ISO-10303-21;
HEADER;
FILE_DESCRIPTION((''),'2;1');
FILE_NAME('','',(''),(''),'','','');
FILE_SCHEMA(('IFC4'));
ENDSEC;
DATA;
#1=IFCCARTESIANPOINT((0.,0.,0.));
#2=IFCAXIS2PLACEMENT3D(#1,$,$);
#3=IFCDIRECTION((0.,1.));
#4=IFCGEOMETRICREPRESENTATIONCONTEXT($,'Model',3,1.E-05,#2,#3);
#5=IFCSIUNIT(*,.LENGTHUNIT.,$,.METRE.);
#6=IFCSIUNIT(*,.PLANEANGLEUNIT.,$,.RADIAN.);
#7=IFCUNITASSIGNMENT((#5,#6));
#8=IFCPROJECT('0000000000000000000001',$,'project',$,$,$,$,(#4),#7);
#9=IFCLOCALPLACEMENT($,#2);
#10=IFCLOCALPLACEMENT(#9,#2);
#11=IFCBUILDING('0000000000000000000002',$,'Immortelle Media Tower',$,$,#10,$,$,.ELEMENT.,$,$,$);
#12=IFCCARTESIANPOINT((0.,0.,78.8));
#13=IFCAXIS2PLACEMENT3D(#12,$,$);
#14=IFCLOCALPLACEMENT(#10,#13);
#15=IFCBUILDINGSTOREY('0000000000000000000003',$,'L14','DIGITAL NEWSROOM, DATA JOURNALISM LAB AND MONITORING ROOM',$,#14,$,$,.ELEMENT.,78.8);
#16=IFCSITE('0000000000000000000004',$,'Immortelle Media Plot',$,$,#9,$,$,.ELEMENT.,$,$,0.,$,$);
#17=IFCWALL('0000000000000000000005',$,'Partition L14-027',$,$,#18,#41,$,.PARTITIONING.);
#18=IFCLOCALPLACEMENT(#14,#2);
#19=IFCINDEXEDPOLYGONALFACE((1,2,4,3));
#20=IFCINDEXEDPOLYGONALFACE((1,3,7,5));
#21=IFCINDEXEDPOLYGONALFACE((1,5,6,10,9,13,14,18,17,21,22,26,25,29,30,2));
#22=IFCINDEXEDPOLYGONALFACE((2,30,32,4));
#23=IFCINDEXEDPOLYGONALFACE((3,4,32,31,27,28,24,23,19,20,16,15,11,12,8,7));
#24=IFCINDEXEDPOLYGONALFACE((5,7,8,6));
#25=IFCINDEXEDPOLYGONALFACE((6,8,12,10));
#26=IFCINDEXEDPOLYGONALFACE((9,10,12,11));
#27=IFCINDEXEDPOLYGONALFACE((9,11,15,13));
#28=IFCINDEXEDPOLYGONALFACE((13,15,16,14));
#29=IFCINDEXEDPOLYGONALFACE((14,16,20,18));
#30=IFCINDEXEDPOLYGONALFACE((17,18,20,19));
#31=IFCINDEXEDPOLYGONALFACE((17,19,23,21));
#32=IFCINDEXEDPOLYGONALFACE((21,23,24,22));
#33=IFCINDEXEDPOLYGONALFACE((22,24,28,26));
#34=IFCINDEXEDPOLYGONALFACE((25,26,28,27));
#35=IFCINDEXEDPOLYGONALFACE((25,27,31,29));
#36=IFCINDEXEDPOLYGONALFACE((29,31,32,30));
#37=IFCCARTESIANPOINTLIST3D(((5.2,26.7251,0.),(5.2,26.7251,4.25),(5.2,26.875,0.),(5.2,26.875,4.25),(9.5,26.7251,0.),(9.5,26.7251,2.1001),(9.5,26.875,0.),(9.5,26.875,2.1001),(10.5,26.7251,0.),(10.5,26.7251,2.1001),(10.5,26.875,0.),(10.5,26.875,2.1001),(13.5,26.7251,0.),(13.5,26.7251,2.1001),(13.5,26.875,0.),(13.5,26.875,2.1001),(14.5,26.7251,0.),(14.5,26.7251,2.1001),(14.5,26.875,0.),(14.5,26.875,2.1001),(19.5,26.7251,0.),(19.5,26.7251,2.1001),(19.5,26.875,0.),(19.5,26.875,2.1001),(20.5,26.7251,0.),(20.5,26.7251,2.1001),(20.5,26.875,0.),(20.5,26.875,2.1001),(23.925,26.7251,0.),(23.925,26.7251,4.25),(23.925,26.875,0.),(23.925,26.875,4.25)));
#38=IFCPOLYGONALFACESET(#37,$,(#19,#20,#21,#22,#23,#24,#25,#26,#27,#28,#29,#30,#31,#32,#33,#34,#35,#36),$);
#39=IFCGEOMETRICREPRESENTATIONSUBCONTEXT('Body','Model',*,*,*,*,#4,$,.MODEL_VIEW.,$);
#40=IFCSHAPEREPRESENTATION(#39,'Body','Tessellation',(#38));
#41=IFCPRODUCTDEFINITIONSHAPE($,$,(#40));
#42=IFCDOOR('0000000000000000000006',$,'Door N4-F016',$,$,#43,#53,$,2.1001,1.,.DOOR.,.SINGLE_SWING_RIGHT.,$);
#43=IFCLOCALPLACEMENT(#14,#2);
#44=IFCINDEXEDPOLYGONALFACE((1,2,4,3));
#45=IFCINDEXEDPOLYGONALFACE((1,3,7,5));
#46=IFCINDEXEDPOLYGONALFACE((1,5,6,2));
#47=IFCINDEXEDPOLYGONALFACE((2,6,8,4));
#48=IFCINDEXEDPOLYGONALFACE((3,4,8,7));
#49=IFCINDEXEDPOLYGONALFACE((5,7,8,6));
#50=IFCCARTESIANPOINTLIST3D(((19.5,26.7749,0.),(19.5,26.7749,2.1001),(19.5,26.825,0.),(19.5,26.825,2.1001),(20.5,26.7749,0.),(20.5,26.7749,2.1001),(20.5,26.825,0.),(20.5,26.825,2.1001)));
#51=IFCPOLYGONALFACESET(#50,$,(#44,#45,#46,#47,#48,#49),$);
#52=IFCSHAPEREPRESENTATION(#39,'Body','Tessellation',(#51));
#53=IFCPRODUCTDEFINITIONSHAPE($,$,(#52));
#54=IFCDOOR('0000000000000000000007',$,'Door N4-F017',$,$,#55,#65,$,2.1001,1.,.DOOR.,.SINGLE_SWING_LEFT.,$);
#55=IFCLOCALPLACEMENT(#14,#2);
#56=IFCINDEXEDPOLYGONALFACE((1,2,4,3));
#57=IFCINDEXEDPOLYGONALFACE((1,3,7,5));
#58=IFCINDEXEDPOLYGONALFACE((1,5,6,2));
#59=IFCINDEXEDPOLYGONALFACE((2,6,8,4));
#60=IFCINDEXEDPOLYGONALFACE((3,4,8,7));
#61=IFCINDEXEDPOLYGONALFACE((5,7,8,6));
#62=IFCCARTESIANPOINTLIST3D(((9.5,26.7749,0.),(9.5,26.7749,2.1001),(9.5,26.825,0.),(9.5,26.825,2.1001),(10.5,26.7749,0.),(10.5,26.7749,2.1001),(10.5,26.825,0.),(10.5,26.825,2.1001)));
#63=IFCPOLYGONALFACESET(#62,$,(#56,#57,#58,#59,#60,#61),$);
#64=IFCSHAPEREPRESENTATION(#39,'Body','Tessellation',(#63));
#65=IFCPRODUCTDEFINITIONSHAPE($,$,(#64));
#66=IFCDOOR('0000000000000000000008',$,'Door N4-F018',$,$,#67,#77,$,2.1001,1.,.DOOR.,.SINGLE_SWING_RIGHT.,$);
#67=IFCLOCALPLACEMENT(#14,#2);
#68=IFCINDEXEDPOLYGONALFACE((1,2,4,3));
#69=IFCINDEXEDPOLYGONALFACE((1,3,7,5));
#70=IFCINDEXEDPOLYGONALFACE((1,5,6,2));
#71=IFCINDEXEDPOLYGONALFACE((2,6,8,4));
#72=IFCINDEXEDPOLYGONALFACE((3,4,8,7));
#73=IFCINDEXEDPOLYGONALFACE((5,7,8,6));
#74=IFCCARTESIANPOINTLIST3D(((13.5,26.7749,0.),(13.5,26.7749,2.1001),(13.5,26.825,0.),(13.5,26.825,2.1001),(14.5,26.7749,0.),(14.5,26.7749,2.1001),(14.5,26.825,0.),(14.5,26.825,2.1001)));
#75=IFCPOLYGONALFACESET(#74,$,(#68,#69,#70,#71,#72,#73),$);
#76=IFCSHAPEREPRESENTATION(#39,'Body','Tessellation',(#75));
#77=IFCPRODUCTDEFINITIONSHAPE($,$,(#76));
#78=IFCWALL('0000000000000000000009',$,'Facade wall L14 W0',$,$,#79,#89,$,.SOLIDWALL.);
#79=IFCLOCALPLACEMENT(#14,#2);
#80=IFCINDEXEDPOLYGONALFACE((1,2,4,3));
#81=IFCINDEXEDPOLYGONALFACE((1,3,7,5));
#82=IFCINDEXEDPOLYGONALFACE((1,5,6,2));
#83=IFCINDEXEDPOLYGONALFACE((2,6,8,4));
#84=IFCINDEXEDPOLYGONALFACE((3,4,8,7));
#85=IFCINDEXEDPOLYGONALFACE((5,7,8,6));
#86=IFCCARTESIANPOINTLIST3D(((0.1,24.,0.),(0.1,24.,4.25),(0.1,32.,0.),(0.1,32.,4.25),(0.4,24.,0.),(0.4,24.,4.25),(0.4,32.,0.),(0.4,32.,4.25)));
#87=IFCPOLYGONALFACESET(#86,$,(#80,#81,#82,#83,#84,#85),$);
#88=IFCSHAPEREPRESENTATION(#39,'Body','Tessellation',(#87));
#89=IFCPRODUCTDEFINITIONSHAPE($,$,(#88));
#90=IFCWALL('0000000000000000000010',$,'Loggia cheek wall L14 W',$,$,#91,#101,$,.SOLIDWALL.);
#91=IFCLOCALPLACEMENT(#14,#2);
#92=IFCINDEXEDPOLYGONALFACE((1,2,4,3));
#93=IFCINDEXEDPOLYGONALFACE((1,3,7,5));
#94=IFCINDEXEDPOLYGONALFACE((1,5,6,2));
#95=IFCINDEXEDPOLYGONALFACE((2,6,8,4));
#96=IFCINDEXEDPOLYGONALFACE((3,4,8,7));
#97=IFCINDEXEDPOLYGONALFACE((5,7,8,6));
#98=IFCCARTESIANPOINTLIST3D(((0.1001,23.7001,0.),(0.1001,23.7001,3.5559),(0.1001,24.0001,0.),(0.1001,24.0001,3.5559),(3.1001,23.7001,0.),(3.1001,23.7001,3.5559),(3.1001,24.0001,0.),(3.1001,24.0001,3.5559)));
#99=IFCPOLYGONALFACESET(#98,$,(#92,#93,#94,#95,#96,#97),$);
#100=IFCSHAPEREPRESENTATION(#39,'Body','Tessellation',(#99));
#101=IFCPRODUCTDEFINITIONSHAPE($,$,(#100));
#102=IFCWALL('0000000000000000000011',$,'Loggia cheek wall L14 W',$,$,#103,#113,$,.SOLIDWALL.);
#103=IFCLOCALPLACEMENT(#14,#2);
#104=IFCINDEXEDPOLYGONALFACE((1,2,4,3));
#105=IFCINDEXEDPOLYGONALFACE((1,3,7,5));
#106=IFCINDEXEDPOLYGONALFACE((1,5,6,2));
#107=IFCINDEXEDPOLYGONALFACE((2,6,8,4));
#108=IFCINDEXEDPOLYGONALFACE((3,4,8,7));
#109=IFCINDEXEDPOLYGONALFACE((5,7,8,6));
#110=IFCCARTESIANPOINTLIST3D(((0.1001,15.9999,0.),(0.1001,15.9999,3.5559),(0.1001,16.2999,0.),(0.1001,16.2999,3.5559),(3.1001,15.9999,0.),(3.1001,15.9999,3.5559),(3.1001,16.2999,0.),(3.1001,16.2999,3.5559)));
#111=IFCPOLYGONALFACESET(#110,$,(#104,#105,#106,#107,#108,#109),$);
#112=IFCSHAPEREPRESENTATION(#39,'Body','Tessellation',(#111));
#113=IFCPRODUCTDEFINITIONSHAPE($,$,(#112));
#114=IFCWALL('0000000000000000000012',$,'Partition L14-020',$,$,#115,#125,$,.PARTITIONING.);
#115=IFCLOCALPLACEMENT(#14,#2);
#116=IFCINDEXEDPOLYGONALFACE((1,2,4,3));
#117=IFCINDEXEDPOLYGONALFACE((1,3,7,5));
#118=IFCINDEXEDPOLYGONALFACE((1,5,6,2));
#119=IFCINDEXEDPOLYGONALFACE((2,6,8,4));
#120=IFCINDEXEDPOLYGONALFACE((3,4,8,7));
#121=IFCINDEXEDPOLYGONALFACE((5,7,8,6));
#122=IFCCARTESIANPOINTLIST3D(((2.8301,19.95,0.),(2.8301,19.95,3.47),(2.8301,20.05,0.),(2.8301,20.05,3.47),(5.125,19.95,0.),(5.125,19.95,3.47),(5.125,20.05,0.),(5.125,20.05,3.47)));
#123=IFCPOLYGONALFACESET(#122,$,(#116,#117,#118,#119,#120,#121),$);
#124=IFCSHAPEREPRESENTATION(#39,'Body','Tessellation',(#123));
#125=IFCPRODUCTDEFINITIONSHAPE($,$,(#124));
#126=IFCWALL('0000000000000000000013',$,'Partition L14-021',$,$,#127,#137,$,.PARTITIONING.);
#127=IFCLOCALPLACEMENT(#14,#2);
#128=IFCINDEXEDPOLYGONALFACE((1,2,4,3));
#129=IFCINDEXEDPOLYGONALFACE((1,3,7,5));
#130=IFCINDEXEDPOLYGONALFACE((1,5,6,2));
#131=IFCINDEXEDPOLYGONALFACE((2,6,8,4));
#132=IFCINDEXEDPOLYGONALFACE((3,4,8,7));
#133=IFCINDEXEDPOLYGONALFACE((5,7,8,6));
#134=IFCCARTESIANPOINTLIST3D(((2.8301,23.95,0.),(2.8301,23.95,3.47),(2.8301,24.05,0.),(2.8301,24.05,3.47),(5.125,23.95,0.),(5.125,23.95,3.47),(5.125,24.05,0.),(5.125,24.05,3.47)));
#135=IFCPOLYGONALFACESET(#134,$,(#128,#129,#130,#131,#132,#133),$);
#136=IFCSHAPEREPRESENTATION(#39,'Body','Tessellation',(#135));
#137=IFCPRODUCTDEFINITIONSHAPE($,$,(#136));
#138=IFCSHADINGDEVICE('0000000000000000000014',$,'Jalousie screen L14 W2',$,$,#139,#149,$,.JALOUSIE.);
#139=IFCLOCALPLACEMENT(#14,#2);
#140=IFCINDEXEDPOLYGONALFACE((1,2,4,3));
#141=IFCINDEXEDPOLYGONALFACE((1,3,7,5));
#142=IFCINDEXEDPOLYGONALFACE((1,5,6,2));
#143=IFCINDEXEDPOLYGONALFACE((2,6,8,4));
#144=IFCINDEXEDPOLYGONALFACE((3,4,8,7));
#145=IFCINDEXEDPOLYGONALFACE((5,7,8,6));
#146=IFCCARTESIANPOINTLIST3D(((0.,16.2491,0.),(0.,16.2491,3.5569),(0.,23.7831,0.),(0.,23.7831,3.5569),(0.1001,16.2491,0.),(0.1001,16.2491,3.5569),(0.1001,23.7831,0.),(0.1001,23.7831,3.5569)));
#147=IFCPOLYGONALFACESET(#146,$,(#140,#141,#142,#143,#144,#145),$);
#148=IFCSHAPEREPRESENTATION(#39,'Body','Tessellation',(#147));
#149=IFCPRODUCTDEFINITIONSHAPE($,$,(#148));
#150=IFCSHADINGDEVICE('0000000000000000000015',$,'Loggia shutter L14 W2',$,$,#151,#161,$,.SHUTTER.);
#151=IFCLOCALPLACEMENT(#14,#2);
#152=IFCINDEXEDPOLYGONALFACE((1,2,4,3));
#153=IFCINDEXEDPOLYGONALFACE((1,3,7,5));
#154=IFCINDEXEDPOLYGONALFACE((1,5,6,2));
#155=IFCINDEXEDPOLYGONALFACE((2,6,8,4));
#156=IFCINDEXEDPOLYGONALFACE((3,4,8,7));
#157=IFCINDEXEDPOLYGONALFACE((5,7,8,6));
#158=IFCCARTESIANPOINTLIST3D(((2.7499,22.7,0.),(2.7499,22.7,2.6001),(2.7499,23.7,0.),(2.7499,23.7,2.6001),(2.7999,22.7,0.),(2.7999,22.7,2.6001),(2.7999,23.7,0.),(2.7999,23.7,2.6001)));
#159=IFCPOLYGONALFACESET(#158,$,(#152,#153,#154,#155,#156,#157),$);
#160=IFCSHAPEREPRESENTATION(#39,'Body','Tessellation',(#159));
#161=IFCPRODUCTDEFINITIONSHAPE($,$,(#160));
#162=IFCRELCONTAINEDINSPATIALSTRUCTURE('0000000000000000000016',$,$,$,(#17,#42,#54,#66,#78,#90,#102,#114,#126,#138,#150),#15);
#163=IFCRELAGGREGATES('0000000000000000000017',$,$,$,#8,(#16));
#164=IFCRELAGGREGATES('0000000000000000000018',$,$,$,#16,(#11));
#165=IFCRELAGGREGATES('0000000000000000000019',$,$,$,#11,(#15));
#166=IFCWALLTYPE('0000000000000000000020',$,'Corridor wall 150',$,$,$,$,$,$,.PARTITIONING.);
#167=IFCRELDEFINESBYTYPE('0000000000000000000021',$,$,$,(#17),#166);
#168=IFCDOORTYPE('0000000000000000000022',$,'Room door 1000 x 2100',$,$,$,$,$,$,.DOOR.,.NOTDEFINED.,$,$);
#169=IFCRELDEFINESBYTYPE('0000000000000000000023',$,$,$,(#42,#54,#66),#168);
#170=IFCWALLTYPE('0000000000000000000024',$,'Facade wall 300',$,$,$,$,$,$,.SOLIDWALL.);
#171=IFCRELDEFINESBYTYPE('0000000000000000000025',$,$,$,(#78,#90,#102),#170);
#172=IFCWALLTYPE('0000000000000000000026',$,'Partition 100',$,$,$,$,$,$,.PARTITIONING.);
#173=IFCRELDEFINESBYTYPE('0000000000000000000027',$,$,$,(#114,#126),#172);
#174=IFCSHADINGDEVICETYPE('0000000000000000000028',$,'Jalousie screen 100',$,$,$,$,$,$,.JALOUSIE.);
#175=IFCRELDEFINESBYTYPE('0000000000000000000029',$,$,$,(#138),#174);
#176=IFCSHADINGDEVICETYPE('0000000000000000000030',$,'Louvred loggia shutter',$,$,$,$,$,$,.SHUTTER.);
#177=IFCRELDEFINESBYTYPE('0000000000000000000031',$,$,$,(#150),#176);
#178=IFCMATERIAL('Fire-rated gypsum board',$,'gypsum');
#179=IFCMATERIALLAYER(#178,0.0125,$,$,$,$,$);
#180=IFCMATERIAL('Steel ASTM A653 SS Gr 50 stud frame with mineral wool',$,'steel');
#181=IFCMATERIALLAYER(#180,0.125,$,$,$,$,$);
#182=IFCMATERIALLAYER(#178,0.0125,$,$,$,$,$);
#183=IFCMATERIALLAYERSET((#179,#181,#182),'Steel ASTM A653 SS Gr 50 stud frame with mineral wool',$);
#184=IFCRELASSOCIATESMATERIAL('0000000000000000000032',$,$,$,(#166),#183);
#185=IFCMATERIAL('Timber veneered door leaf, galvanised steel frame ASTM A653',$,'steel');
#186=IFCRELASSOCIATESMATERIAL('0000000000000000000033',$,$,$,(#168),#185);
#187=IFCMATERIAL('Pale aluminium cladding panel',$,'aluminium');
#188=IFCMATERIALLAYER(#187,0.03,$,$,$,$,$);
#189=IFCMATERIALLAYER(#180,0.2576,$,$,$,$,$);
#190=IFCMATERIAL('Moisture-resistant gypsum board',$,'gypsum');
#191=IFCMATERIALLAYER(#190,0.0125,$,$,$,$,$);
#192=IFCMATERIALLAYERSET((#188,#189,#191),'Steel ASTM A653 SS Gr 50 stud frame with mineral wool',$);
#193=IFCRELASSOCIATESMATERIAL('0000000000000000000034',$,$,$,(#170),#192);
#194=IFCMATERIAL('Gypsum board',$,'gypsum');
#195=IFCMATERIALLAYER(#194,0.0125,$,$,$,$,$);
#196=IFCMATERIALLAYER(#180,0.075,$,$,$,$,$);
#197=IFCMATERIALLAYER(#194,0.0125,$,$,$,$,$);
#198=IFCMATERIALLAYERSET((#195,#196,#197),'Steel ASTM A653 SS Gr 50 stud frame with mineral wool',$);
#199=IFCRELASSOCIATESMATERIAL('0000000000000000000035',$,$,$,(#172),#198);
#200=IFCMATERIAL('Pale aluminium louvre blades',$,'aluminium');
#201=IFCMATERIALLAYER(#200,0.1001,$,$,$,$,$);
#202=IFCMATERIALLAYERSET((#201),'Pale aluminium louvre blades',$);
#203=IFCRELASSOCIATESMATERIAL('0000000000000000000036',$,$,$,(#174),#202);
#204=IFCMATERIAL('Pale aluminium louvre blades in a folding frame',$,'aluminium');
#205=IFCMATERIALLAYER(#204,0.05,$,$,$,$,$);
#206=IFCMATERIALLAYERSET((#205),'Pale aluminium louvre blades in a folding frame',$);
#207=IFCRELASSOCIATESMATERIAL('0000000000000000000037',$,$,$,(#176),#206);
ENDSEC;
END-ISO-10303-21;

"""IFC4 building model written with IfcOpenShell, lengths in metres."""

from ifc_helpers import new_model, si_unit, direction, frame, frame_2d, origin, origin_2d, place, context, subcontext, project, spatial, rectangle, extrude, material, layer, layer_set, type_object, element, fill, save


model = new_model("IFC4")

# Units and contexts
model_context = context("Model", 3, precision=1e-05, world=origin(), true_north=direction((0.0, 1.0)))
body_context = subcontext(model_context, "Body", "Model", "MODEL_VIEW")
ifc_project = project(units=[si_unit("LENGTHUNIT", "METRE"), si_unit("PLANEANGLEUNIT", "RADIAN")], contexts=[model_context])

# Site, building, storey
site_placement = place(None, origin())
site = spatial("IfcSite", under=ifc_project, at=site_placement, Name="Immortelle Media Plot", CompositionType="ELEMENT", RefElevation=0.0)
building_placement = place(site_placement, origin())
building = spatial("IfcBuilding", under=site, at=building_placement, Name="Immortelle Media Tower", CompositionType="ELEMENT")
storey_placement = place(building_placement, frame((0.0, 0.0, 78.8)))
storey = spatial("IfcBuildingStorey", under=building, at=storey_placement, Name="L14", Description="DIGITAL NEWSROOM, DATA JOURNALISM LAB AND MONITORING ROOM", CompositionType="ELEMENT", Elevation=78.8)

# Wall, openings, doors
ifc_material_1 = material(Name="Fire-rated gypsum board", Category="gypsum")
ifc_layer_1 = layer(ifc_material_1, 0.0125)
ifc_material_2 = material(Name="Steel ASTM A653 SS Gr 50 stud frame with mineral wool", Category="steel")
ifc_layer_2 = layer(ifc_material_2, 0.125)
ifc_layer_3 = layer(ifc_material_1, 0.0125)
ifc_layer_set_1 = layer_set([ifc_layer_1, ifc_layer_2, ifc_layer_3], Name="Steel ASTM A653 SS Gr 50 stud frame with mineral wool")
wall_type_1 = type_object("IfcWallType", Name="Corridor wall 150", PredefinedType="PARTITIONING", material=ifc_layer_set_1)
wall_1_placement = place(storey_placement, frame((5.2, 26.8, 0.0), z_axis=(0.0, 0.0, 1.0), x_axis=(1.0, 0.0, 0.0)))
wall_1 = element("IfcWall", 1, at=wall_1_placement, inside=storey, type_object=wall_type_1, Name="Partition L14-027", PredefinedType="PARTITIONING", context=body_context, shape_type="SweptSolid", body=[
    extrude(rectangle(XDim=18.7251, YDim=0.1499, at=frame_2d((9.3625, 0.0))), origin(), (0.0, 0.0, 1.0), 4.25),
])
opening_1_placement = place(wall_1_placement, frame((14.3, 0.0, 0.0)))
opening_1 = element("IfcOpeningElement", 2, at=opening_1_placement, cuts=wall_1, PredefinedType="OPENING", context=body_context, shape_type="SweptSolid", body=[
    extrude(rectangle(XDim=1.0, YDim=2.1001, at=frame_2d((0.5, 1.05))), frame((0.0, 0.085, 0.0), z_axis=(0.0, -1.0, 0.0), x_axis=(1.0, 0.0, 0.0)), (0.0, 0.0, 1.0), 0.1699),
])
opening_2_placement = place(wall_1_placement, frame((4.3, 0.0, 0.0)))
opening_2 = element("IfcOpeningElement", 3, at=opening_2_placement, cuts=wall_1, PredefinedType="OPENING", context=body_context, shape_type="SweptSolid", body=[
    extrude(rectangle(XDim=1.0, YDim=2.1001, at=frame_2d((0.5, 1.05))), frame((0.0, 0.085, 0.0), z_axis=(0.0, -1.0, 0.0), x_axis=(1.0, 0.0, 0.0)), (0.0, 0.0, 1.0), 0.1699),
])
opening_3_placement = place(wall_1_placement, frame((8.3, 0.0, 0.0)))
opening_3 = element("IfcOpeningElement", 4, at=opening_3_placement, cuts=wall_1, PredefinedType="OPENING", context=body_context, shape_type="SweptSolid", body=[
    extrude(rectangle(XDim=1.0, YDim=2.1001, at=frame_2d((0.5, 1.05))), frame((0.0, 0.085, 0.0), z_axis=(0.0, -1.0, 0.0), x_axis=(1.0, 0.0, 0.0)), (0.0, 0.0, 1.0), 0.1699),
])
ifc_material_3 = material(Name="Timber veneered door leaf, galvanised steel frame ASTM A653", Category="steel")
door_type_1 = type_object("IfcDoorType", Name="Room door 1000 x 2100", OperationType="NOTDEFINED", PredefinedType="DOOR", material=ifc_material_3)
door_1_placement = place(opening_1_placement, origin())
door_1 = element("IfcDoor", 5, at=door_1_placement, inside=storey, type_object=door_type_1, Name="Door N4-F016", OperationType="SINGLE_SWING_RIGHT", OverallHeight=2.1001, OverallWidth=1.0, PredefinedType="DOOR", context=body_context, shape_type="SweptSolid", body=[
    extrude(rectangle(XDim=1.0, YDim=2.1001, at=frame_2d((0.5, 1.05))), frame((0.0, 0.0249, 0.0), z_axis=(0.0, -1.0, 0.0), x_axis=(1.0, 0.0, 0.0)), (0.0, 0.0, 1.0), 0.05),
])
fill(opening_1, door_1)
door_2_placement = place(opening_2_placement, origin())
door_2 = element("IfcDoor", 6, at=door_2_placement, inside=storey, type_object=door_type_1, Name="Door N4-F017", OperationType="SINGLE_SWING_LEFT", OverallHeight=2.1001, OverallWidth=1.0, PredefinedType="DOOR", context=body_context, shape_type="SweptSolid", body=[
    extrude(rectangle(XDim=1.0, YDim=2.1001, at=frame_2d((0.5, 1.05))), frame((0.0, 0.0249, 0.0), z_axis=(0.0, -1.0, 0.0), x_axis=(1.0, 0.0, 0.0)), (0.0, 0.0, 1.0), 0.05),
])
fill(opening_2, door_2)
door_3_placement = place(opening_3_placement, origin())
door_3 = element("IfcDoor", 7, at=door_3_placement, inside=storey, type_object=door_type_1, Name="Door N4-F018", OperationType="SINGLE_SWING_RIGHT", OverallHeight=2.1001, OverallWidth=1.0, PredefinedType="DOOR", context=body_context, shape_type="SweptSolid", body=[
    extrude(rectangle(XDim=1.0, YDim=2.1001, at=frame_2d((0.5, 1.05))), frame((0.0, 0.0249, 0.0), z_axis=(0.0, -1.0, 0.0), x_axis=(1.0, 0.0, 0.0)), (0.0, 0.0, 1.0), 0.05),
])
fill(opening_3, door_3)

# Wall
ifc_material_4 = material(Name="Pale aluminium cladding panel", Category="aluminium")
ifc_layer_4 = layer(ifc_material_4, 0.03)
ifc_layer_5 = layer(ifc_material_2, 0.2576)
ifc_material_5 = material(Name="Moisture-resistant gypsum board", Category="gypsum")
ifc_layer_6 = layer(ifc_material_5, 0.0125)
ifc_layer_set_2 = layer_set([ifc_layer_4, ifc_layer_5, ifc_layer_6], Name="Steel ASTM A653 SS Gr 50 stud frame with mineral wool")
wall_type_2 = type_object("IfcWallType", Name="Facade wall 300", PredefinedType="SOLIDWALL", material=ifc_layer_set_2)
wall_2_placement = place(storey_placement, frame((0.25, 32.0, 0.0), z_axis=(0.0, 0.0, 1.0), x_axis=(0.0, -1.0, 0.0)))
element("IfcWall", 8, at=wall_2_placement, inside=storey, type_object=wall_type_2, Name="Facade wall L14 W0", PredefinedType="SOLIDWALL", context=body_context, shape_type="SweptSolid", body=[
    extrude(rectangle(XDim=8.0, YDim=0.3, at=frame_2d((4.0, 0.0))), origin(), (0.0, 0.0, 1.0), 4.25),
])

# Walls
for number, where, z_axis, x_axis, name in (
    (9, (0.1001, 23.8501, 0.0), (0.0, 0.0, 1.0), (1.0, 0.0, 0.0), "Loggia cheek wall L14 W"),
    (10, (0.1001, 16.1499, 0.0), (0.0, 0.0, 1.0), (1.0, 0.0, 0.0), "Loggia cheek wall L14 W"),
):
    element("IfcWall", number, at=place(storey_placement, frame(where, z_axis=z_axis, x_axis=x_axis)), inside=storey, type_object=wall_type_2, Name=name, PredefinedType="SOLIDWALL", context=body_context, shape_type="SweptSolid", body=[
        extrude(rectangle(XDim=3.0, YDim=0.3, at=frame_2d((1.5, 0.0))), origin(), (0.0, 0.0, 1.0), 3.5559),
    ])
ifc_material_6 = material(Name="Gypsum board", Category="gypsum")
ifc_layer_7 = layer(ifc_material_6, 0.0125)
ifc_layer_8 = layer(ifc_material_2, 0.075)
ifc_layer_9 = layer(ifc_material_6, 0.0125)
ifc_layer_set_3 = layer_set([ifc_layer_7, ifc_layer_8, ifc_layer_9], Name="Steel ASTM A653 SS Gr 50 stud frame with mineral wool")
wall_type_3 = type_object("IfcWallType", Name="Partition 100", PredefinedType="PARTITIONING", material=ifc_layer_set_3)
for number, where, z_axis, x_axis, name in (
    (11, (2.8301, 20.0, 0.0), (0.0, 0.0, 1.0), (1.0, 0.0, 0.0), "Partition L14-020"),
    (12, (2.8301, 24.0, 0.0), (0.0, 0.0, 1.0), (1.0, 0.0, 0.0), "Partition L14-021"),
):
    element("IfcWall", number, at=place(storey_placement, frame(where, z_axis=z_axis, x_axis=x_axis)), inside=storey, type_object=wall_type_3, Name=name, PredefinedType="PARTITIONING", context=body_context, shape_type="SweptSolid", body=[
        extrude(rectangle(XDim=2.2949, YDim=0.1001, at=frame_2d((1.1475, 0.0))), origin(), (0.0, 0.0, 1.0), 3.47),
    ])

# Shading devices
ifc_material_7 = material(Name="Pale aluminium louvre blades", Category="aluminium")
ifc_layer_10 = layer(ifc_material_7, 0.1001)
ifc_layer_set_4 = layer_set([ifc_layer_10], Name="Pale aluminium louvre blades")
shading_device_type_1 = type_object("IfcShadingDeviceType", Name="Jalousie screen 100", PredefinedType="JALOUSIE", material=ifc_layer_set_4)
shading_device_1_placement = place(storey_placement, frame((0.05, 20.0161, 0.0), z_axis=(0.0, 0.0, 1.0), x_axis=(0.0, -1.0, 0.0)))
element("IfcShadingDevice", 13, at=shading_device_1_placement, inside=storey, type_object=shading_device_type_1, Name="Jalousie screen L14 W2", PredefinedType="JALOUSIE", context=body_context, shape_type="SweptSolid", body=[
    extrude(rectangle(XDim=7.5339, YDim=0.1001, at=origin_2d()), origin(), (0.0, 0.0, 1.0), 3.5569),
])
ifc_material_8 = material(Name="Pale aluminium louvre blades in a folding frame", Category="aluminium")
ifc_layer_11 = layer(ifc_material_8, 0.05)
ifc_layer_set_5 = layer_set([ifc_layer_11], Name="Pale aluminium louvre blades in a folding frame")
shading_device_type_2 = type_object("IfcShadingDeviceType", Name="Louvred loggia shutter", PredefinedType="SHUTTER", material=ifc_layer_set_5)
shading_device_2_placement = place(storey_placement, frame((2.7749, 23.2, 0.0), z_axis=(0.0, 0.0, 1.0), x_axis=(0.0, -1.0, 0.0)))
element("IfcShadingDevice", 14, at=shading_device_2_placement, inside=storey, type_object=shading_device_type_2, Name="Loggia shutter L14 W2", PredefinedType="SHUTTER", context=body_context, shape_type="SweptSolid", body=[
    extrude(rectangle(XDim=1.0, YDim=0.05, at=origin_2d()), origin(), (0.0, 0.0, 1.0), 2.6001),
])

save(model, "model.ifc")
